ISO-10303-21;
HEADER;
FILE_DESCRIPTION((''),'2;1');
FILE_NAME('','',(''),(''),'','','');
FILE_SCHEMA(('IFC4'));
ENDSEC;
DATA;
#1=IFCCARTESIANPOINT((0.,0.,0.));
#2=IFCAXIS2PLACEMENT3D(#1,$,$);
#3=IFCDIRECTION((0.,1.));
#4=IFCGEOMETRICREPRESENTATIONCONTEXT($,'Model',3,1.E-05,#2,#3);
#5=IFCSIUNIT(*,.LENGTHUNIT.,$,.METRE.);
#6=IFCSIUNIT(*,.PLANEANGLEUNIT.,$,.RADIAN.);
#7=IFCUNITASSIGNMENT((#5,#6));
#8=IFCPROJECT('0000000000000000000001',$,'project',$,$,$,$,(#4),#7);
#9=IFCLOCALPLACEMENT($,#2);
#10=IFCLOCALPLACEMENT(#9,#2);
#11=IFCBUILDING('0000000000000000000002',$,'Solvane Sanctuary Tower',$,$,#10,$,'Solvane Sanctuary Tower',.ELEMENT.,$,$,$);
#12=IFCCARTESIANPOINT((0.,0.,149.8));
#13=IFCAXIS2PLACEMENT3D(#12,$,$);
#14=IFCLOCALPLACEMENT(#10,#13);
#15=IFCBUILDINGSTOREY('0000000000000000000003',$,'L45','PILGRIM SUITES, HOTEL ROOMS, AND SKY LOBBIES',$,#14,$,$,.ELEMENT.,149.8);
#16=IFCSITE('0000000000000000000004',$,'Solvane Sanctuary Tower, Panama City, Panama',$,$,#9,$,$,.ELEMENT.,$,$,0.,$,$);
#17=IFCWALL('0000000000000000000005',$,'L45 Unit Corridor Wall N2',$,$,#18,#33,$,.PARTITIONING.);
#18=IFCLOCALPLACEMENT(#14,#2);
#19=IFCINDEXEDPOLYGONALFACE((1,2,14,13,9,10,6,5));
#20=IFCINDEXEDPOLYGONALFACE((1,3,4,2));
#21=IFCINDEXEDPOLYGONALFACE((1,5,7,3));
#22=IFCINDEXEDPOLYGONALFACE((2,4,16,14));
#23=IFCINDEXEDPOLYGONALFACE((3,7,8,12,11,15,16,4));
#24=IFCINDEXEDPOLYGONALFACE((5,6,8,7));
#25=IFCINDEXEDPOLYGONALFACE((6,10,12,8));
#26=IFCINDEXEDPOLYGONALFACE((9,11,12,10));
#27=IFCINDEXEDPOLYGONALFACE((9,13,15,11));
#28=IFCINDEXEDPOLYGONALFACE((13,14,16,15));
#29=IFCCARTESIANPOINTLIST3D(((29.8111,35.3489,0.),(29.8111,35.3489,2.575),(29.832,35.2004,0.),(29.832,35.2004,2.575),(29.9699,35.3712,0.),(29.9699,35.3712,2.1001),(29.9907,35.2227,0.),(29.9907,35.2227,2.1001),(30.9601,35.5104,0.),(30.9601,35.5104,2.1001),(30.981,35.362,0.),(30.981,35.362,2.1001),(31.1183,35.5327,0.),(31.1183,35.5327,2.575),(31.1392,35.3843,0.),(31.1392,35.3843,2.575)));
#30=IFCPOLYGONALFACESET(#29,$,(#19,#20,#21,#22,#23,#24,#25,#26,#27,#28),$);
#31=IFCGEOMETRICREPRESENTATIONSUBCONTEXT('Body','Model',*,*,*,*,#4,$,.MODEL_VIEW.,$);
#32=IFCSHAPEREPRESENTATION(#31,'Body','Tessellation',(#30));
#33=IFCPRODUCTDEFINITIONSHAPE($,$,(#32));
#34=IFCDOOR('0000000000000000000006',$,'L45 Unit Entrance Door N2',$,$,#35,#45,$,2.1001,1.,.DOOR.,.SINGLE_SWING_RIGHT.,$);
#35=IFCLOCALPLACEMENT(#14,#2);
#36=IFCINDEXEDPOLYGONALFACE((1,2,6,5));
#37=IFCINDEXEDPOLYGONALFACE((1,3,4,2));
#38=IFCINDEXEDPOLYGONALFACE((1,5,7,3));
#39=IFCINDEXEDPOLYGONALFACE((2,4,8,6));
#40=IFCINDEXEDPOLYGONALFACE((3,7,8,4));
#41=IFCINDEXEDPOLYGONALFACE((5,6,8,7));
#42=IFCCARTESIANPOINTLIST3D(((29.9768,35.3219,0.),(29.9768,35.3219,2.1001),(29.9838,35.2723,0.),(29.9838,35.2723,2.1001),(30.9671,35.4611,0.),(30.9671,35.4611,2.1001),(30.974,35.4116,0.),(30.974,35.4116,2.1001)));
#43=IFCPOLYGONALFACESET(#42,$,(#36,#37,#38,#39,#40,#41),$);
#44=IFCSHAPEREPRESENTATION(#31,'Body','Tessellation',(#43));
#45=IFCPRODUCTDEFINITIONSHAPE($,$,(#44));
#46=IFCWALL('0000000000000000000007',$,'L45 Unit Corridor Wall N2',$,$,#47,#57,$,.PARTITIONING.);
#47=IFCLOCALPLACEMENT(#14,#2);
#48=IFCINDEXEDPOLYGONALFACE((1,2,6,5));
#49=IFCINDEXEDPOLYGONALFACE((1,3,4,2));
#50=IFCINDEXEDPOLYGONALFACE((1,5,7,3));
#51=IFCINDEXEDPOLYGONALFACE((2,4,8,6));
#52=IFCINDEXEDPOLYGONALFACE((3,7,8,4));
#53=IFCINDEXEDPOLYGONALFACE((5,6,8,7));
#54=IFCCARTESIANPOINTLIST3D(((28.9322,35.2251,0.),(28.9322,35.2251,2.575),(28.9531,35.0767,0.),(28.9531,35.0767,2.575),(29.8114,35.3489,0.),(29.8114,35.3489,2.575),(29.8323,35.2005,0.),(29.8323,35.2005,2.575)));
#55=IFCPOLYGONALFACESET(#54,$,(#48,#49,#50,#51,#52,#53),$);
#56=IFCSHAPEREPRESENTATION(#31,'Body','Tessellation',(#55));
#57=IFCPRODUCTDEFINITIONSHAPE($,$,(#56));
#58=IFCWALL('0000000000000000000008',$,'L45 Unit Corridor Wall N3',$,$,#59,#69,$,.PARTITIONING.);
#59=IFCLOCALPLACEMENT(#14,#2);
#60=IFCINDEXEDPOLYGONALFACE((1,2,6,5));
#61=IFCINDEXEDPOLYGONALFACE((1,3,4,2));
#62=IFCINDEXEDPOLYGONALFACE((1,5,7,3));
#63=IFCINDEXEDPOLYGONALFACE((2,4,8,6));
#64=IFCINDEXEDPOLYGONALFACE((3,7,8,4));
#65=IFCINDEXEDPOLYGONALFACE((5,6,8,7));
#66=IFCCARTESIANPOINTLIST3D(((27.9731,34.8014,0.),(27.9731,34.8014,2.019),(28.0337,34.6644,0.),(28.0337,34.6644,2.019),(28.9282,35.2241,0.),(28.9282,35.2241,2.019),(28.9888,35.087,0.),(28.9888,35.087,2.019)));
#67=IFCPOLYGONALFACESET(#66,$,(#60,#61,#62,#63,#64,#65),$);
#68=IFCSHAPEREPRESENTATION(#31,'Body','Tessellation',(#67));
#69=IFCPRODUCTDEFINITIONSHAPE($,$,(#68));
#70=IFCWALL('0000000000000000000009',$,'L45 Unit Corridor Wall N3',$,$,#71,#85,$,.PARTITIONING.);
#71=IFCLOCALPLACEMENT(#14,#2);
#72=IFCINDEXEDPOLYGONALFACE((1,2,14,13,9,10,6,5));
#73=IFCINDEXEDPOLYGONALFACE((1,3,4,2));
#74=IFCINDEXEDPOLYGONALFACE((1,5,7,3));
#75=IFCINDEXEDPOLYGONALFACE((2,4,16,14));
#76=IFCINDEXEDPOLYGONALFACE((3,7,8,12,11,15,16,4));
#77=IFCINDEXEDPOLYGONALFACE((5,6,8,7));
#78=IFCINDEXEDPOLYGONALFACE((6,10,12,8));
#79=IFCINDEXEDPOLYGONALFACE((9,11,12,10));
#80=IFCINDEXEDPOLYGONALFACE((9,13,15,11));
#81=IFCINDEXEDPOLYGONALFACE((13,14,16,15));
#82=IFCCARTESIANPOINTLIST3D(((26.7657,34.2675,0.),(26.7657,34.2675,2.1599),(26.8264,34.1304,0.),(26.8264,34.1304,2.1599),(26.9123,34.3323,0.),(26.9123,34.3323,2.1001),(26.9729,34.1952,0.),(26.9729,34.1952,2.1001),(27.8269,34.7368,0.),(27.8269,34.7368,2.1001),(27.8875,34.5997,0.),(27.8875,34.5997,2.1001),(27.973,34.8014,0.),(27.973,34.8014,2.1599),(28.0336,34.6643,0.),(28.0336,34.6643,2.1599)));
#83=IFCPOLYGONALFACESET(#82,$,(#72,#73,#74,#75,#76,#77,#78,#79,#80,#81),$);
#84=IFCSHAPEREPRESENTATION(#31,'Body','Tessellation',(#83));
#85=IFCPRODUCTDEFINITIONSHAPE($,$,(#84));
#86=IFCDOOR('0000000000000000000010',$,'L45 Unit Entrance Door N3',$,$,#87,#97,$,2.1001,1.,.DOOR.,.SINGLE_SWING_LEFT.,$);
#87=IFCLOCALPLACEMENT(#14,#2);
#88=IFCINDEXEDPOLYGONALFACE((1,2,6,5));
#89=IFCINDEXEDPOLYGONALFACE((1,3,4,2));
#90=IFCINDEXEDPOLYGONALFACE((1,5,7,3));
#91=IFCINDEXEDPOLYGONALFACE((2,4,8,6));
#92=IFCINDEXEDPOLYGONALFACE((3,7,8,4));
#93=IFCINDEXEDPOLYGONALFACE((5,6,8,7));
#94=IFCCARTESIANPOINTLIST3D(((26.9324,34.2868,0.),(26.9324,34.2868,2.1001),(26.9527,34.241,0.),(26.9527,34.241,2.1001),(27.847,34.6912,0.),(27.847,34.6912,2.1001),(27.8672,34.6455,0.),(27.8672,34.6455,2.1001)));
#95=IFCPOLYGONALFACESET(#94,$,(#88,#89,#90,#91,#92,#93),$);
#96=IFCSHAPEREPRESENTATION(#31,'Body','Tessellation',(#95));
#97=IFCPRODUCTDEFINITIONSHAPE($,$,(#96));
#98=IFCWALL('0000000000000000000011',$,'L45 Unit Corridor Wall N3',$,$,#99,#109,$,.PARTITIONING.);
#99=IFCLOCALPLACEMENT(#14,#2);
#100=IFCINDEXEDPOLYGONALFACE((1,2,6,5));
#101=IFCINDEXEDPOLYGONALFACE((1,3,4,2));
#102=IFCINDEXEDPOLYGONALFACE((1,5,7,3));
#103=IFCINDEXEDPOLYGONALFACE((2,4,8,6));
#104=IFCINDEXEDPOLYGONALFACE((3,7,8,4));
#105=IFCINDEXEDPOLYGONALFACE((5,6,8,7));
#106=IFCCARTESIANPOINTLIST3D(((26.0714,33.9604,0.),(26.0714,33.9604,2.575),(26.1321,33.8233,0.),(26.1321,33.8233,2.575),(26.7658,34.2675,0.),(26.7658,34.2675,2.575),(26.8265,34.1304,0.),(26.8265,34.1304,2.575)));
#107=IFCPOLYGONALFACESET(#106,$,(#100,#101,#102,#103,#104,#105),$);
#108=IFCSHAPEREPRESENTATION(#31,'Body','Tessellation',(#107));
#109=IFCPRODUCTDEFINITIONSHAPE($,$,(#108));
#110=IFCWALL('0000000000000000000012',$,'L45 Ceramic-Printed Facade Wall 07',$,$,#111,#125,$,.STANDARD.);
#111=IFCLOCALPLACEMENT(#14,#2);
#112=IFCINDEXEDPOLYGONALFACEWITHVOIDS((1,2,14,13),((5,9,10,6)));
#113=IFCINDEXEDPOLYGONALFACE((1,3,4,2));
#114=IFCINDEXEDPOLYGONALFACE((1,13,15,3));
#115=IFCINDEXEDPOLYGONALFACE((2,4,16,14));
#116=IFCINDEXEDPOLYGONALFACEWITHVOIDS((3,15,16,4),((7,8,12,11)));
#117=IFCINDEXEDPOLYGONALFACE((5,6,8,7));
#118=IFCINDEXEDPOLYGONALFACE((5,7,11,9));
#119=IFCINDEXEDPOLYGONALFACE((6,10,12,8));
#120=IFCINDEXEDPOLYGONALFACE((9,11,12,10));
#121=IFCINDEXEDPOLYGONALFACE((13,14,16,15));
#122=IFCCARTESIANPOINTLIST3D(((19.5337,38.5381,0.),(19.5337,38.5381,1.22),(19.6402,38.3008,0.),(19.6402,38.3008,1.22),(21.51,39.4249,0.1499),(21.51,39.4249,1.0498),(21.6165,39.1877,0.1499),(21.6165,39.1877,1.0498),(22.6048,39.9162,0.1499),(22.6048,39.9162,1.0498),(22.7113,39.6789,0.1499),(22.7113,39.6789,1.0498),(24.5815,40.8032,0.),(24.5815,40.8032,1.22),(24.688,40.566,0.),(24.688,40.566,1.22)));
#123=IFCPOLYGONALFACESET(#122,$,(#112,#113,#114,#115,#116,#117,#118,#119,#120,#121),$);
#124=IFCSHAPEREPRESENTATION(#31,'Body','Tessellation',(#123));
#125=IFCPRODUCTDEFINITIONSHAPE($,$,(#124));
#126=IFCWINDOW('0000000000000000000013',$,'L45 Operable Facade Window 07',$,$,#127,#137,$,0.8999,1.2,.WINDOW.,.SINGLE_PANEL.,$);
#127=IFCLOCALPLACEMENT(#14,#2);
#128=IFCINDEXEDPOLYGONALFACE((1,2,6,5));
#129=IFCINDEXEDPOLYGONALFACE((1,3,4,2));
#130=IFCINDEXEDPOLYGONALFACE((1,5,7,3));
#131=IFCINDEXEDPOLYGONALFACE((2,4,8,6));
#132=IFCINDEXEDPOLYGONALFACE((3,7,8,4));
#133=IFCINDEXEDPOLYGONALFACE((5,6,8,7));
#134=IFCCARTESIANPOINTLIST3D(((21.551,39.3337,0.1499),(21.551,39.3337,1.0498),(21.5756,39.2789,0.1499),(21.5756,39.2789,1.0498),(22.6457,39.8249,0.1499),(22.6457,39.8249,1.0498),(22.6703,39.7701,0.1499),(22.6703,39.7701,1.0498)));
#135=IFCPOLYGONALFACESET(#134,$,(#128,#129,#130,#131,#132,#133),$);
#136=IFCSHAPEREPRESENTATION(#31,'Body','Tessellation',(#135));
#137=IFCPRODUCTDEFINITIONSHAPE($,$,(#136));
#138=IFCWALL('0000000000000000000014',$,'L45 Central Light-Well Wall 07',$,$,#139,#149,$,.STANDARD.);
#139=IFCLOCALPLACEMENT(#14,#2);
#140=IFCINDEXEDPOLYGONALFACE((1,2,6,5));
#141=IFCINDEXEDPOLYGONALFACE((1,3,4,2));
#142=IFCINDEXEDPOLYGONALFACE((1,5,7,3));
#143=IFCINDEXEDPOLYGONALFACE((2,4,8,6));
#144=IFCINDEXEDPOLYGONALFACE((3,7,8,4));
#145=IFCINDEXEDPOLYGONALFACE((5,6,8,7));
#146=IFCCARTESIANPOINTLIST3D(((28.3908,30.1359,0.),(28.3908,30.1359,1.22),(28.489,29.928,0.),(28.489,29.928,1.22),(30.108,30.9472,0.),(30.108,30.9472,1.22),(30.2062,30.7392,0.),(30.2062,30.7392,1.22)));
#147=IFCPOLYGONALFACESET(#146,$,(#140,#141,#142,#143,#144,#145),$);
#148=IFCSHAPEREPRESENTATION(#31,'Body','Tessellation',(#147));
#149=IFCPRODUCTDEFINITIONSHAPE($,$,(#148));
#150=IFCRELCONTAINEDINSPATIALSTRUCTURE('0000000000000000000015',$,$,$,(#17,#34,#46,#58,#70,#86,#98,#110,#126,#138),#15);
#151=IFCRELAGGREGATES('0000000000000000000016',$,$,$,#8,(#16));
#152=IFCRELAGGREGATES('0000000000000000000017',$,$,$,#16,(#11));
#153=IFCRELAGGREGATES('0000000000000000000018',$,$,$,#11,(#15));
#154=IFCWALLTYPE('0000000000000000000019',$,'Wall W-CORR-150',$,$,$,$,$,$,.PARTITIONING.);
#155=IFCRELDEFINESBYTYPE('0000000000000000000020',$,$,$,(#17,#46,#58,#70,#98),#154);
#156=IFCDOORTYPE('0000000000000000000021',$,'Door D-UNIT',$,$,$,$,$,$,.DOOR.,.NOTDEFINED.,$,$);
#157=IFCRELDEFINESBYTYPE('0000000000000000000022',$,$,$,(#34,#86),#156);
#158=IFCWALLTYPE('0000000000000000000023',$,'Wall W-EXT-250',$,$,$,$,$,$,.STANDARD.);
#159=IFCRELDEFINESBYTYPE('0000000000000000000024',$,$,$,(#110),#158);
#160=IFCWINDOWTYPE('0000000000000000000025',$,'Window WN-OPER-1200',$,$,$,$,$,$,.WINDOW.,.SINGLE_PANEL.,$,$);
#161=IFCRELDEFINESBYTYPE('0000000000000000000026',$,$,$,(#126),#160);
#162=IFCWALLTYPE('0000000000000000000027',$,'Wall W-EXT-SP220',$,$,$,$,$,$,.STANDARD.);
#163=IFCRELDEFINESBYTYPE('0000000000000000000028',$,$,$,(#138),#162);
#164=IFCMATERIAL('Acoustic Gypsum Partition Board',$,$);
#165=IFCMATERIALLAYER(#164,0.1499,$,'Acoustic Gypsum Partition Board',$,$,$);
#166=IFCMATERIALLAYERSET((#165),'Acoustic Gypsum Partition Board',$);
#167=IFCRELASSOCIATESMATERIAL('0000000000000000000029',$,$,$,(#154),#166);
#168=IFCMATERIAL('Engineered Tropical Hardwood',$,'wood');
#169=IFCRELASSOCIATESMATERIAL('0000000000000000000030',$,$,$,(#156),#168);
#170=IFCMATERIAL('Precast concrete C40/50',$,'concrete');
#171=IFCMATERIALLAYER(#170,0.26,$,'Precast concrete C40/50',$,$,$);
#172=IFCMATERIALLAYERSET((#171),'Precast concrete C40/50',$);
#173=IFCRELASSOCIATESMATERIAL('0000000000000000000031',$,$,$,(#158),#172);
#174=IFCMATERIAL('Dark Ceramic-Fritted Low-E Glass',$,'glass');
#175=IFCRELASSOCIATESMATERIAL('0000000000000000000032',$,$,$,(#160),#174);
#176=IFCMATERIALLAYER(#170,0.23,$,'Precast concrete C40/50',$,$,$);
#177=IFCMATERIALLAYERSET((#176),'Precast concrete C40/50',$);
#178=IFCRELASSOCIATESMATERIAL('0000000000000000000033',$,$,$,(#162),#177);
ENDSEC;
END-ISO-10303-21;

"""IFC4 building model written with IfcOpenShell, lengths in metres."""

from ifc_helpers import new_model, si_unit, direction, frame, frame_2d, origin, place, context, subcontext, project, spatial, rectangle, extrude, material, layer, layer_set, type_object, element, fill, save


model = new_model("IFC4")

# Units and contexts
model_context = context("Model", 3, precision=1e-05, world=origin(), true_north=direction((0.0, 1.0)))
body_context = subcontext(model_context, "Body", "Model", "MODEL_VIEW")
ifc_project = project(units=[si_unit("LENGTHUNIT", "METRE"), si_unit("PLANEANGLEUNIT", "RADIAN")], contexts=[model_context])

# Site, building, storey
site_placement = place(None, origin())
site = spatial("IfcSite", under=ifc_project, at=site_placement, Name="Solvane Sanctuary Tower, Panama City, Panama", CompositionType="ELEMENT", RefElevation=0.0)
building_placement = place(site_placement, origin())
building = spatial("IfcBuilding", under=site, at=building_placement, Name="Solvane Sanctuary Tower", LongName="Solvane Sanctuary Tower", CompositionType="ELEMENT")
storey_placement = place(building_placement, frame((0.0, 0.0, 149.8)))
storey = spatial("IfcBuildingStorey", under=building, at=storey_placement, Name="L45", Description="PILGRIM SUITES, HOTEL ROOMS, AND SKY LOBBIES", CompositionType="ELEMENT", Elevation=149.8)

# Shared definitions
ifc_material_1 = material(Name="Acoustic Gypsum Partition Board")
ifc_layer_1 = layer(ifc_material_1, 0.1499, Name="Acoustic Gypsum Partition Board")
ifc_layer_set_1 = layer_set([ifc_layer_1], Name="Acoustic Gypsum Partition Board")
wall_type_1 = type_object("IfcWallType", Name="Wall W-CORR-150", PredefinedType="PARTITIONING", material=ifc_layer_set_1)

# Wall, opening, door
wall_1_placement = place(storey_placement, frame((31.1289, 35.4585, 0.0), z_axis=(0.0, 0.0, 1.0), x_axis=(-0.990254, -0.139272, 0.0)))
wall_1 = element("IfcWall", 1, at=wall_1_placement, inside=storey, type_object=wall_type_1, Name="L45 Unit Corridor Wall N2", PredefinedType="PARTITIONING", context=body_context, shape_type="SweptSolid", body=[
    extrude(rectangle(XDim=1.3201, YDim=0.1499, at=frame_2d((0.6602, 0.0))), origin(), (0.0, 0.0, 1.0), 2.575),
])
opening_1_placement = place(wall_1_placement, frame((0.1599, 0.0, 0.0)))
opening_1 = element("IfcOpeningElement", 2, at=opening_1_placement, cuts=wall_1, PredefinedType="OPENING", context=body_context, shape_type="SweptSolid", body=[
    extrude(rectangle(XDim=1.0, YDim=2.1001, at=frame_2d((0.5, 1.05))), frame((0.0, 0.085, 0.0), z_axis=(0.0, -1.0, 0.0), x_axis=(1.0, 0.0, 0.0)), (0.0, 0.0, 1.0), 0.1699),
])
ifc_material_2 = material(Name="Engineered Tropical Hardwood", Category="wood")
door_type_1 = type_object("IfcDoorType", Name="Door D-UNIT", OperationType="NOTDEFINED", PredefinedType="DOOR", material=ifc_material_2)
door_1_placement = place(opening_1_placement, origin())
door_1 = element("IfcDoor", 3, at=door_1_placement, inside=storey, type_object=door_type_1, Name="L45 Unit Entrance Door N2", OperationType="SINGLE_SWING_RIGHT", OverallHeight=2.1001, OverallWidth=1.0, PredefinedType="DOOR", context=body_context, shape_type="SweptSolid", body=[
    extrude(rectangle(XDim=1.0, YDim=2.1001, at=frame_2d((0.5, 1.05))), frame((0.0, 0.0249, 0.0), z_axis=(0.0, -1.0, 0.0), x_axis=(1.0, 0.0, 0.0)), (0.0, 0.0, 1.0), 0.05),
])
fill(opening_1, door_1)

# Walls
wall_2_placement = place(storey_placement, frame((29.8218, 35.2747, 0.0), z_axis=(0.0, 0.0, 1.0), x_axis=(-0.990233, -0.139419, 0.0)))
element("IfcWall", 4, at=wall_2_placement, inside=storey, type_object=wall_type_1, Name="L45 Unit Corridor Wall N2", PredefinedType="PARTITIONING", context=body_context, shape_type="SweptSolid", body=[
    extrude(rectangle(XDim=0.8879, YDim=0.1499, at=frame_2d((0.4438, 0.0))), origin(), (0.0, 0.0, 1.0), 2.575),
])
wall_3_placement = place(storey_placement, frame((28.9585, 35.1555, 0.0), z_axis=(0.0, 0.0, 1.0), x_axis=(-0.914475, -0.404641, 0.0)))
element("IfcWall", 5, at=wall_3_placement, inside=storey, type_object=wall_type_1, Name="L45 Unit Corridor Wall N3", PredefinedType="PARTITIONING", context=body_context, shape_type="SweptSolid", body=[
    extrude(rectangle(XDim=1.0444, YDim=0.1499, at=frame_2d((0.5222, 0.0))), origin(), (0.0, 0.0, 1.0), 2.019),
])

# Wall, opening, door
wall_4_placement = place(storey_placement, frame((28.0034, 34.7329, 0.0), z_axis=(0.0, 0.0, 1.0), x_axis=(-0.91455, -0.404473, 0.0)))
wall_4 = element("IfcWall", 6, at=wall_4_placement, inside=storey, type_object=wall_type_1, Name="L45 Unit Corridor Wall N3", PredefinedType="PARTITIONING", context=body_context, shape_type="SweptSolid", body=[
    extrude(rectangle(XDim=1.3201, YDim=0.1499, at=frame_2d((0.6602, 0.0))), origin(), (0.0, 0.0, 1.0), 2.1599),
])
opening_2_placement = place(wall_4_placement, frame((0.1599, 0.0, 0.0)))
opening_2 = element("IfcOpeningElement", 7, at=opening_2_placement, cuts=wall_4, PredefinedType="OPENING", context=body_context, shape_type="SweptSolid", body=[
    extrude(rectangle(XDim=1.0, YDim=2.1001, at=frame_2d((0.5, 1.05))), frame((0.0, 0.085, 0.0), z_axis=(0.0, -1.0, 0.0), x_axis=(1.0, 0.0, 0.0)), (0.0, 0.0, 1.0), 0.1699),
])
door_2_placement = place(opening_2_placement, origin())
door_2 = element("IfcDoor", 8, at=door_2_placement, inside=storey, type_object=door_type_1, Name="L45 Unit Entrance Door N3", OperationType="SINGLE_SWING_LEFT", OverallHeight=2.1001, OverallWidth=1.0, PredefinedType="DOOR", context=body_context, shape_type="SweptSolid", body=[
    extrude(rectangle(XDim=1.0, YDim=2.1001, at=frame_2d((0.5, 1.05))), frame((0.0, 0.0249, 0.0), z_axis=(0.0, -1.0, 0.0), x_axis=(1.0, 0.0, 0.0)), (0.0, 0.0, 1.0), 0.05),
])
fill(opening_2, door_2)

# Wall
wall_5_placement = place(storey_placement, frame((26.7961, 34.199, 0.0), z_axis=(0.0, 0.0, 1.0), x_axis=(-0.914526, -0.404527, 0.0)))
element("IfcWall", 9, at=wall_5_placement, inside=storey, type_object=wall_type_1, Name="L45 Unit Corridor Wall N3", PredefinedType="PARTITIONING", context=body_context, shape_type="SweptSolid", body=[
    extrude(rectangle(XDim=0.7593, YDim=0.1499, at=frame_2d((0.3796, 0.0))), origin(), (0.0, 0.0, 1.0), 2.575),
])

# Wall, opening, window
ifc_material_3 = material(Name="Precast concrete C40/50", Category="concrete")
ifc_layer_2 = layer(ifc_material_3, 0.26, Name="Precast concrete C40/50")
ifc_layer_set_2 = layer_set([ifc_layer_2], Name="Precast concrete C40/50")
wall_type_2 = type_object("IfcWallType", Name="Wall W-EXT-250", PredefinedType="STANDARD", material=ifc_layer_set_2)
wall_6_placement = place(storey_placement, frame((24.6348, 40.6846, 0.0), z_axis=(0.0, 0.0, 1.0), x_axis=(-0.912354, -0.409403, 0.0)))
wall_6 = element("IfcWall", 10, at=wall_6_placement, inside=storey, type_object=wall_type_2, Name="L45 Ceramic-Printed Facade Wall 07", PredefinedType="STANDARD", context=body_context, shape_type="SweptSolid", body=[
    extrude(rectangle(XDim=5.5327, YDim=0.26, at=frame_2d((2.7664, 0.0))), origin(), (0.0, 0.0, 1.0), 1.22),
])
opening_3_placement = place(wall_6_placement, frame((2.1665, 0.0, 0.1499)))
opening_3 = element("IfcOpeningElement", 11, at=opening_3_placement, cuts=wall_6, PredefinedType="OPENING", context=body_context, shape_type="SweptSolid", body=[
    extrude(rectangle(XDim=1.2, YDim=0.8999, at=frame_2d((0.6001, 0.45))), frame((0.0, 0.1399, 0.0), z_axis=(0.0, -1.0, 0.0), x_axis=(1.0, 0.0, 0.0)), (0.0, 0.0, 1.0), 0.28),
])
ifc_material_4 = material(Name="Dark Ceramic-Fritted Low-E Glass", Category="glass")
window_type = type_object("IfcWindowType", Name="Window WN-OPER-1200", PartitioningType="SINGLE_PANEL", PredefinedType="WINDOW", material=ifc_material_4)
window_placement = place(opening_3_placement, origin())
window = element("IfcWindow", 12, at=window_placement, inside=storey, type_object=window_type, Name="L45 Operable Facade Window 07", OverallHeight=0.8999, OverallWidth=1.2, PartitioningType="SINGLE_PANEL", PredefinedType="WINDOW", context=body_context, shape_type="SweptSolid", body=[
    extrude(rectangle(XDim=1.2, YDim=0.8999, at=frame_2d((0.6001, 0.45))), frame((0.0, 0.03, 0.0), z_axis=(0.0, -1.0, 0.0), x_axis=(1.0, 0.0, 0.0)), (0.0, 0.0, 1.0), 0.0601),
])
fill(opening_3, window)

# Wall
ifc_layer_3 = layer(ifc_material_3, 0.23, Name="Precast concrete C40/50")
ifc_layer_set_3 = layer_set([ifc_layer_3], Name="Precast concrete C40/50")
wall_type_3 = type_object("IfcWallType", Name="Wall W-EXT-SP220", PredefinedType="STANDARD", material=ifc_layer_set_3)
wall_7_placement = place(storey_placement, frame((30.1572, 30.8433, 0.0), z_axis=(0.0, 0.0, 1.0), x_axis=(-0.90418, -0.427152, 0.0)))
element("IfcWall", 13, at=wall_7_placement, inside=storey, type_object=wall_type_3, Name="L45 Central Light-Well Wall 07", PredefinedType="STANDARD", context=body_context, shape_type="SweptSolid", body=[
    extrude(rectangle(XDim=1.8992, YDim=0.23, at=frame_2d((0.9497, 0.0))), origin(), (0.0, 0.0, 1.0), 1.22),
])

save(model, "model.ifc")
